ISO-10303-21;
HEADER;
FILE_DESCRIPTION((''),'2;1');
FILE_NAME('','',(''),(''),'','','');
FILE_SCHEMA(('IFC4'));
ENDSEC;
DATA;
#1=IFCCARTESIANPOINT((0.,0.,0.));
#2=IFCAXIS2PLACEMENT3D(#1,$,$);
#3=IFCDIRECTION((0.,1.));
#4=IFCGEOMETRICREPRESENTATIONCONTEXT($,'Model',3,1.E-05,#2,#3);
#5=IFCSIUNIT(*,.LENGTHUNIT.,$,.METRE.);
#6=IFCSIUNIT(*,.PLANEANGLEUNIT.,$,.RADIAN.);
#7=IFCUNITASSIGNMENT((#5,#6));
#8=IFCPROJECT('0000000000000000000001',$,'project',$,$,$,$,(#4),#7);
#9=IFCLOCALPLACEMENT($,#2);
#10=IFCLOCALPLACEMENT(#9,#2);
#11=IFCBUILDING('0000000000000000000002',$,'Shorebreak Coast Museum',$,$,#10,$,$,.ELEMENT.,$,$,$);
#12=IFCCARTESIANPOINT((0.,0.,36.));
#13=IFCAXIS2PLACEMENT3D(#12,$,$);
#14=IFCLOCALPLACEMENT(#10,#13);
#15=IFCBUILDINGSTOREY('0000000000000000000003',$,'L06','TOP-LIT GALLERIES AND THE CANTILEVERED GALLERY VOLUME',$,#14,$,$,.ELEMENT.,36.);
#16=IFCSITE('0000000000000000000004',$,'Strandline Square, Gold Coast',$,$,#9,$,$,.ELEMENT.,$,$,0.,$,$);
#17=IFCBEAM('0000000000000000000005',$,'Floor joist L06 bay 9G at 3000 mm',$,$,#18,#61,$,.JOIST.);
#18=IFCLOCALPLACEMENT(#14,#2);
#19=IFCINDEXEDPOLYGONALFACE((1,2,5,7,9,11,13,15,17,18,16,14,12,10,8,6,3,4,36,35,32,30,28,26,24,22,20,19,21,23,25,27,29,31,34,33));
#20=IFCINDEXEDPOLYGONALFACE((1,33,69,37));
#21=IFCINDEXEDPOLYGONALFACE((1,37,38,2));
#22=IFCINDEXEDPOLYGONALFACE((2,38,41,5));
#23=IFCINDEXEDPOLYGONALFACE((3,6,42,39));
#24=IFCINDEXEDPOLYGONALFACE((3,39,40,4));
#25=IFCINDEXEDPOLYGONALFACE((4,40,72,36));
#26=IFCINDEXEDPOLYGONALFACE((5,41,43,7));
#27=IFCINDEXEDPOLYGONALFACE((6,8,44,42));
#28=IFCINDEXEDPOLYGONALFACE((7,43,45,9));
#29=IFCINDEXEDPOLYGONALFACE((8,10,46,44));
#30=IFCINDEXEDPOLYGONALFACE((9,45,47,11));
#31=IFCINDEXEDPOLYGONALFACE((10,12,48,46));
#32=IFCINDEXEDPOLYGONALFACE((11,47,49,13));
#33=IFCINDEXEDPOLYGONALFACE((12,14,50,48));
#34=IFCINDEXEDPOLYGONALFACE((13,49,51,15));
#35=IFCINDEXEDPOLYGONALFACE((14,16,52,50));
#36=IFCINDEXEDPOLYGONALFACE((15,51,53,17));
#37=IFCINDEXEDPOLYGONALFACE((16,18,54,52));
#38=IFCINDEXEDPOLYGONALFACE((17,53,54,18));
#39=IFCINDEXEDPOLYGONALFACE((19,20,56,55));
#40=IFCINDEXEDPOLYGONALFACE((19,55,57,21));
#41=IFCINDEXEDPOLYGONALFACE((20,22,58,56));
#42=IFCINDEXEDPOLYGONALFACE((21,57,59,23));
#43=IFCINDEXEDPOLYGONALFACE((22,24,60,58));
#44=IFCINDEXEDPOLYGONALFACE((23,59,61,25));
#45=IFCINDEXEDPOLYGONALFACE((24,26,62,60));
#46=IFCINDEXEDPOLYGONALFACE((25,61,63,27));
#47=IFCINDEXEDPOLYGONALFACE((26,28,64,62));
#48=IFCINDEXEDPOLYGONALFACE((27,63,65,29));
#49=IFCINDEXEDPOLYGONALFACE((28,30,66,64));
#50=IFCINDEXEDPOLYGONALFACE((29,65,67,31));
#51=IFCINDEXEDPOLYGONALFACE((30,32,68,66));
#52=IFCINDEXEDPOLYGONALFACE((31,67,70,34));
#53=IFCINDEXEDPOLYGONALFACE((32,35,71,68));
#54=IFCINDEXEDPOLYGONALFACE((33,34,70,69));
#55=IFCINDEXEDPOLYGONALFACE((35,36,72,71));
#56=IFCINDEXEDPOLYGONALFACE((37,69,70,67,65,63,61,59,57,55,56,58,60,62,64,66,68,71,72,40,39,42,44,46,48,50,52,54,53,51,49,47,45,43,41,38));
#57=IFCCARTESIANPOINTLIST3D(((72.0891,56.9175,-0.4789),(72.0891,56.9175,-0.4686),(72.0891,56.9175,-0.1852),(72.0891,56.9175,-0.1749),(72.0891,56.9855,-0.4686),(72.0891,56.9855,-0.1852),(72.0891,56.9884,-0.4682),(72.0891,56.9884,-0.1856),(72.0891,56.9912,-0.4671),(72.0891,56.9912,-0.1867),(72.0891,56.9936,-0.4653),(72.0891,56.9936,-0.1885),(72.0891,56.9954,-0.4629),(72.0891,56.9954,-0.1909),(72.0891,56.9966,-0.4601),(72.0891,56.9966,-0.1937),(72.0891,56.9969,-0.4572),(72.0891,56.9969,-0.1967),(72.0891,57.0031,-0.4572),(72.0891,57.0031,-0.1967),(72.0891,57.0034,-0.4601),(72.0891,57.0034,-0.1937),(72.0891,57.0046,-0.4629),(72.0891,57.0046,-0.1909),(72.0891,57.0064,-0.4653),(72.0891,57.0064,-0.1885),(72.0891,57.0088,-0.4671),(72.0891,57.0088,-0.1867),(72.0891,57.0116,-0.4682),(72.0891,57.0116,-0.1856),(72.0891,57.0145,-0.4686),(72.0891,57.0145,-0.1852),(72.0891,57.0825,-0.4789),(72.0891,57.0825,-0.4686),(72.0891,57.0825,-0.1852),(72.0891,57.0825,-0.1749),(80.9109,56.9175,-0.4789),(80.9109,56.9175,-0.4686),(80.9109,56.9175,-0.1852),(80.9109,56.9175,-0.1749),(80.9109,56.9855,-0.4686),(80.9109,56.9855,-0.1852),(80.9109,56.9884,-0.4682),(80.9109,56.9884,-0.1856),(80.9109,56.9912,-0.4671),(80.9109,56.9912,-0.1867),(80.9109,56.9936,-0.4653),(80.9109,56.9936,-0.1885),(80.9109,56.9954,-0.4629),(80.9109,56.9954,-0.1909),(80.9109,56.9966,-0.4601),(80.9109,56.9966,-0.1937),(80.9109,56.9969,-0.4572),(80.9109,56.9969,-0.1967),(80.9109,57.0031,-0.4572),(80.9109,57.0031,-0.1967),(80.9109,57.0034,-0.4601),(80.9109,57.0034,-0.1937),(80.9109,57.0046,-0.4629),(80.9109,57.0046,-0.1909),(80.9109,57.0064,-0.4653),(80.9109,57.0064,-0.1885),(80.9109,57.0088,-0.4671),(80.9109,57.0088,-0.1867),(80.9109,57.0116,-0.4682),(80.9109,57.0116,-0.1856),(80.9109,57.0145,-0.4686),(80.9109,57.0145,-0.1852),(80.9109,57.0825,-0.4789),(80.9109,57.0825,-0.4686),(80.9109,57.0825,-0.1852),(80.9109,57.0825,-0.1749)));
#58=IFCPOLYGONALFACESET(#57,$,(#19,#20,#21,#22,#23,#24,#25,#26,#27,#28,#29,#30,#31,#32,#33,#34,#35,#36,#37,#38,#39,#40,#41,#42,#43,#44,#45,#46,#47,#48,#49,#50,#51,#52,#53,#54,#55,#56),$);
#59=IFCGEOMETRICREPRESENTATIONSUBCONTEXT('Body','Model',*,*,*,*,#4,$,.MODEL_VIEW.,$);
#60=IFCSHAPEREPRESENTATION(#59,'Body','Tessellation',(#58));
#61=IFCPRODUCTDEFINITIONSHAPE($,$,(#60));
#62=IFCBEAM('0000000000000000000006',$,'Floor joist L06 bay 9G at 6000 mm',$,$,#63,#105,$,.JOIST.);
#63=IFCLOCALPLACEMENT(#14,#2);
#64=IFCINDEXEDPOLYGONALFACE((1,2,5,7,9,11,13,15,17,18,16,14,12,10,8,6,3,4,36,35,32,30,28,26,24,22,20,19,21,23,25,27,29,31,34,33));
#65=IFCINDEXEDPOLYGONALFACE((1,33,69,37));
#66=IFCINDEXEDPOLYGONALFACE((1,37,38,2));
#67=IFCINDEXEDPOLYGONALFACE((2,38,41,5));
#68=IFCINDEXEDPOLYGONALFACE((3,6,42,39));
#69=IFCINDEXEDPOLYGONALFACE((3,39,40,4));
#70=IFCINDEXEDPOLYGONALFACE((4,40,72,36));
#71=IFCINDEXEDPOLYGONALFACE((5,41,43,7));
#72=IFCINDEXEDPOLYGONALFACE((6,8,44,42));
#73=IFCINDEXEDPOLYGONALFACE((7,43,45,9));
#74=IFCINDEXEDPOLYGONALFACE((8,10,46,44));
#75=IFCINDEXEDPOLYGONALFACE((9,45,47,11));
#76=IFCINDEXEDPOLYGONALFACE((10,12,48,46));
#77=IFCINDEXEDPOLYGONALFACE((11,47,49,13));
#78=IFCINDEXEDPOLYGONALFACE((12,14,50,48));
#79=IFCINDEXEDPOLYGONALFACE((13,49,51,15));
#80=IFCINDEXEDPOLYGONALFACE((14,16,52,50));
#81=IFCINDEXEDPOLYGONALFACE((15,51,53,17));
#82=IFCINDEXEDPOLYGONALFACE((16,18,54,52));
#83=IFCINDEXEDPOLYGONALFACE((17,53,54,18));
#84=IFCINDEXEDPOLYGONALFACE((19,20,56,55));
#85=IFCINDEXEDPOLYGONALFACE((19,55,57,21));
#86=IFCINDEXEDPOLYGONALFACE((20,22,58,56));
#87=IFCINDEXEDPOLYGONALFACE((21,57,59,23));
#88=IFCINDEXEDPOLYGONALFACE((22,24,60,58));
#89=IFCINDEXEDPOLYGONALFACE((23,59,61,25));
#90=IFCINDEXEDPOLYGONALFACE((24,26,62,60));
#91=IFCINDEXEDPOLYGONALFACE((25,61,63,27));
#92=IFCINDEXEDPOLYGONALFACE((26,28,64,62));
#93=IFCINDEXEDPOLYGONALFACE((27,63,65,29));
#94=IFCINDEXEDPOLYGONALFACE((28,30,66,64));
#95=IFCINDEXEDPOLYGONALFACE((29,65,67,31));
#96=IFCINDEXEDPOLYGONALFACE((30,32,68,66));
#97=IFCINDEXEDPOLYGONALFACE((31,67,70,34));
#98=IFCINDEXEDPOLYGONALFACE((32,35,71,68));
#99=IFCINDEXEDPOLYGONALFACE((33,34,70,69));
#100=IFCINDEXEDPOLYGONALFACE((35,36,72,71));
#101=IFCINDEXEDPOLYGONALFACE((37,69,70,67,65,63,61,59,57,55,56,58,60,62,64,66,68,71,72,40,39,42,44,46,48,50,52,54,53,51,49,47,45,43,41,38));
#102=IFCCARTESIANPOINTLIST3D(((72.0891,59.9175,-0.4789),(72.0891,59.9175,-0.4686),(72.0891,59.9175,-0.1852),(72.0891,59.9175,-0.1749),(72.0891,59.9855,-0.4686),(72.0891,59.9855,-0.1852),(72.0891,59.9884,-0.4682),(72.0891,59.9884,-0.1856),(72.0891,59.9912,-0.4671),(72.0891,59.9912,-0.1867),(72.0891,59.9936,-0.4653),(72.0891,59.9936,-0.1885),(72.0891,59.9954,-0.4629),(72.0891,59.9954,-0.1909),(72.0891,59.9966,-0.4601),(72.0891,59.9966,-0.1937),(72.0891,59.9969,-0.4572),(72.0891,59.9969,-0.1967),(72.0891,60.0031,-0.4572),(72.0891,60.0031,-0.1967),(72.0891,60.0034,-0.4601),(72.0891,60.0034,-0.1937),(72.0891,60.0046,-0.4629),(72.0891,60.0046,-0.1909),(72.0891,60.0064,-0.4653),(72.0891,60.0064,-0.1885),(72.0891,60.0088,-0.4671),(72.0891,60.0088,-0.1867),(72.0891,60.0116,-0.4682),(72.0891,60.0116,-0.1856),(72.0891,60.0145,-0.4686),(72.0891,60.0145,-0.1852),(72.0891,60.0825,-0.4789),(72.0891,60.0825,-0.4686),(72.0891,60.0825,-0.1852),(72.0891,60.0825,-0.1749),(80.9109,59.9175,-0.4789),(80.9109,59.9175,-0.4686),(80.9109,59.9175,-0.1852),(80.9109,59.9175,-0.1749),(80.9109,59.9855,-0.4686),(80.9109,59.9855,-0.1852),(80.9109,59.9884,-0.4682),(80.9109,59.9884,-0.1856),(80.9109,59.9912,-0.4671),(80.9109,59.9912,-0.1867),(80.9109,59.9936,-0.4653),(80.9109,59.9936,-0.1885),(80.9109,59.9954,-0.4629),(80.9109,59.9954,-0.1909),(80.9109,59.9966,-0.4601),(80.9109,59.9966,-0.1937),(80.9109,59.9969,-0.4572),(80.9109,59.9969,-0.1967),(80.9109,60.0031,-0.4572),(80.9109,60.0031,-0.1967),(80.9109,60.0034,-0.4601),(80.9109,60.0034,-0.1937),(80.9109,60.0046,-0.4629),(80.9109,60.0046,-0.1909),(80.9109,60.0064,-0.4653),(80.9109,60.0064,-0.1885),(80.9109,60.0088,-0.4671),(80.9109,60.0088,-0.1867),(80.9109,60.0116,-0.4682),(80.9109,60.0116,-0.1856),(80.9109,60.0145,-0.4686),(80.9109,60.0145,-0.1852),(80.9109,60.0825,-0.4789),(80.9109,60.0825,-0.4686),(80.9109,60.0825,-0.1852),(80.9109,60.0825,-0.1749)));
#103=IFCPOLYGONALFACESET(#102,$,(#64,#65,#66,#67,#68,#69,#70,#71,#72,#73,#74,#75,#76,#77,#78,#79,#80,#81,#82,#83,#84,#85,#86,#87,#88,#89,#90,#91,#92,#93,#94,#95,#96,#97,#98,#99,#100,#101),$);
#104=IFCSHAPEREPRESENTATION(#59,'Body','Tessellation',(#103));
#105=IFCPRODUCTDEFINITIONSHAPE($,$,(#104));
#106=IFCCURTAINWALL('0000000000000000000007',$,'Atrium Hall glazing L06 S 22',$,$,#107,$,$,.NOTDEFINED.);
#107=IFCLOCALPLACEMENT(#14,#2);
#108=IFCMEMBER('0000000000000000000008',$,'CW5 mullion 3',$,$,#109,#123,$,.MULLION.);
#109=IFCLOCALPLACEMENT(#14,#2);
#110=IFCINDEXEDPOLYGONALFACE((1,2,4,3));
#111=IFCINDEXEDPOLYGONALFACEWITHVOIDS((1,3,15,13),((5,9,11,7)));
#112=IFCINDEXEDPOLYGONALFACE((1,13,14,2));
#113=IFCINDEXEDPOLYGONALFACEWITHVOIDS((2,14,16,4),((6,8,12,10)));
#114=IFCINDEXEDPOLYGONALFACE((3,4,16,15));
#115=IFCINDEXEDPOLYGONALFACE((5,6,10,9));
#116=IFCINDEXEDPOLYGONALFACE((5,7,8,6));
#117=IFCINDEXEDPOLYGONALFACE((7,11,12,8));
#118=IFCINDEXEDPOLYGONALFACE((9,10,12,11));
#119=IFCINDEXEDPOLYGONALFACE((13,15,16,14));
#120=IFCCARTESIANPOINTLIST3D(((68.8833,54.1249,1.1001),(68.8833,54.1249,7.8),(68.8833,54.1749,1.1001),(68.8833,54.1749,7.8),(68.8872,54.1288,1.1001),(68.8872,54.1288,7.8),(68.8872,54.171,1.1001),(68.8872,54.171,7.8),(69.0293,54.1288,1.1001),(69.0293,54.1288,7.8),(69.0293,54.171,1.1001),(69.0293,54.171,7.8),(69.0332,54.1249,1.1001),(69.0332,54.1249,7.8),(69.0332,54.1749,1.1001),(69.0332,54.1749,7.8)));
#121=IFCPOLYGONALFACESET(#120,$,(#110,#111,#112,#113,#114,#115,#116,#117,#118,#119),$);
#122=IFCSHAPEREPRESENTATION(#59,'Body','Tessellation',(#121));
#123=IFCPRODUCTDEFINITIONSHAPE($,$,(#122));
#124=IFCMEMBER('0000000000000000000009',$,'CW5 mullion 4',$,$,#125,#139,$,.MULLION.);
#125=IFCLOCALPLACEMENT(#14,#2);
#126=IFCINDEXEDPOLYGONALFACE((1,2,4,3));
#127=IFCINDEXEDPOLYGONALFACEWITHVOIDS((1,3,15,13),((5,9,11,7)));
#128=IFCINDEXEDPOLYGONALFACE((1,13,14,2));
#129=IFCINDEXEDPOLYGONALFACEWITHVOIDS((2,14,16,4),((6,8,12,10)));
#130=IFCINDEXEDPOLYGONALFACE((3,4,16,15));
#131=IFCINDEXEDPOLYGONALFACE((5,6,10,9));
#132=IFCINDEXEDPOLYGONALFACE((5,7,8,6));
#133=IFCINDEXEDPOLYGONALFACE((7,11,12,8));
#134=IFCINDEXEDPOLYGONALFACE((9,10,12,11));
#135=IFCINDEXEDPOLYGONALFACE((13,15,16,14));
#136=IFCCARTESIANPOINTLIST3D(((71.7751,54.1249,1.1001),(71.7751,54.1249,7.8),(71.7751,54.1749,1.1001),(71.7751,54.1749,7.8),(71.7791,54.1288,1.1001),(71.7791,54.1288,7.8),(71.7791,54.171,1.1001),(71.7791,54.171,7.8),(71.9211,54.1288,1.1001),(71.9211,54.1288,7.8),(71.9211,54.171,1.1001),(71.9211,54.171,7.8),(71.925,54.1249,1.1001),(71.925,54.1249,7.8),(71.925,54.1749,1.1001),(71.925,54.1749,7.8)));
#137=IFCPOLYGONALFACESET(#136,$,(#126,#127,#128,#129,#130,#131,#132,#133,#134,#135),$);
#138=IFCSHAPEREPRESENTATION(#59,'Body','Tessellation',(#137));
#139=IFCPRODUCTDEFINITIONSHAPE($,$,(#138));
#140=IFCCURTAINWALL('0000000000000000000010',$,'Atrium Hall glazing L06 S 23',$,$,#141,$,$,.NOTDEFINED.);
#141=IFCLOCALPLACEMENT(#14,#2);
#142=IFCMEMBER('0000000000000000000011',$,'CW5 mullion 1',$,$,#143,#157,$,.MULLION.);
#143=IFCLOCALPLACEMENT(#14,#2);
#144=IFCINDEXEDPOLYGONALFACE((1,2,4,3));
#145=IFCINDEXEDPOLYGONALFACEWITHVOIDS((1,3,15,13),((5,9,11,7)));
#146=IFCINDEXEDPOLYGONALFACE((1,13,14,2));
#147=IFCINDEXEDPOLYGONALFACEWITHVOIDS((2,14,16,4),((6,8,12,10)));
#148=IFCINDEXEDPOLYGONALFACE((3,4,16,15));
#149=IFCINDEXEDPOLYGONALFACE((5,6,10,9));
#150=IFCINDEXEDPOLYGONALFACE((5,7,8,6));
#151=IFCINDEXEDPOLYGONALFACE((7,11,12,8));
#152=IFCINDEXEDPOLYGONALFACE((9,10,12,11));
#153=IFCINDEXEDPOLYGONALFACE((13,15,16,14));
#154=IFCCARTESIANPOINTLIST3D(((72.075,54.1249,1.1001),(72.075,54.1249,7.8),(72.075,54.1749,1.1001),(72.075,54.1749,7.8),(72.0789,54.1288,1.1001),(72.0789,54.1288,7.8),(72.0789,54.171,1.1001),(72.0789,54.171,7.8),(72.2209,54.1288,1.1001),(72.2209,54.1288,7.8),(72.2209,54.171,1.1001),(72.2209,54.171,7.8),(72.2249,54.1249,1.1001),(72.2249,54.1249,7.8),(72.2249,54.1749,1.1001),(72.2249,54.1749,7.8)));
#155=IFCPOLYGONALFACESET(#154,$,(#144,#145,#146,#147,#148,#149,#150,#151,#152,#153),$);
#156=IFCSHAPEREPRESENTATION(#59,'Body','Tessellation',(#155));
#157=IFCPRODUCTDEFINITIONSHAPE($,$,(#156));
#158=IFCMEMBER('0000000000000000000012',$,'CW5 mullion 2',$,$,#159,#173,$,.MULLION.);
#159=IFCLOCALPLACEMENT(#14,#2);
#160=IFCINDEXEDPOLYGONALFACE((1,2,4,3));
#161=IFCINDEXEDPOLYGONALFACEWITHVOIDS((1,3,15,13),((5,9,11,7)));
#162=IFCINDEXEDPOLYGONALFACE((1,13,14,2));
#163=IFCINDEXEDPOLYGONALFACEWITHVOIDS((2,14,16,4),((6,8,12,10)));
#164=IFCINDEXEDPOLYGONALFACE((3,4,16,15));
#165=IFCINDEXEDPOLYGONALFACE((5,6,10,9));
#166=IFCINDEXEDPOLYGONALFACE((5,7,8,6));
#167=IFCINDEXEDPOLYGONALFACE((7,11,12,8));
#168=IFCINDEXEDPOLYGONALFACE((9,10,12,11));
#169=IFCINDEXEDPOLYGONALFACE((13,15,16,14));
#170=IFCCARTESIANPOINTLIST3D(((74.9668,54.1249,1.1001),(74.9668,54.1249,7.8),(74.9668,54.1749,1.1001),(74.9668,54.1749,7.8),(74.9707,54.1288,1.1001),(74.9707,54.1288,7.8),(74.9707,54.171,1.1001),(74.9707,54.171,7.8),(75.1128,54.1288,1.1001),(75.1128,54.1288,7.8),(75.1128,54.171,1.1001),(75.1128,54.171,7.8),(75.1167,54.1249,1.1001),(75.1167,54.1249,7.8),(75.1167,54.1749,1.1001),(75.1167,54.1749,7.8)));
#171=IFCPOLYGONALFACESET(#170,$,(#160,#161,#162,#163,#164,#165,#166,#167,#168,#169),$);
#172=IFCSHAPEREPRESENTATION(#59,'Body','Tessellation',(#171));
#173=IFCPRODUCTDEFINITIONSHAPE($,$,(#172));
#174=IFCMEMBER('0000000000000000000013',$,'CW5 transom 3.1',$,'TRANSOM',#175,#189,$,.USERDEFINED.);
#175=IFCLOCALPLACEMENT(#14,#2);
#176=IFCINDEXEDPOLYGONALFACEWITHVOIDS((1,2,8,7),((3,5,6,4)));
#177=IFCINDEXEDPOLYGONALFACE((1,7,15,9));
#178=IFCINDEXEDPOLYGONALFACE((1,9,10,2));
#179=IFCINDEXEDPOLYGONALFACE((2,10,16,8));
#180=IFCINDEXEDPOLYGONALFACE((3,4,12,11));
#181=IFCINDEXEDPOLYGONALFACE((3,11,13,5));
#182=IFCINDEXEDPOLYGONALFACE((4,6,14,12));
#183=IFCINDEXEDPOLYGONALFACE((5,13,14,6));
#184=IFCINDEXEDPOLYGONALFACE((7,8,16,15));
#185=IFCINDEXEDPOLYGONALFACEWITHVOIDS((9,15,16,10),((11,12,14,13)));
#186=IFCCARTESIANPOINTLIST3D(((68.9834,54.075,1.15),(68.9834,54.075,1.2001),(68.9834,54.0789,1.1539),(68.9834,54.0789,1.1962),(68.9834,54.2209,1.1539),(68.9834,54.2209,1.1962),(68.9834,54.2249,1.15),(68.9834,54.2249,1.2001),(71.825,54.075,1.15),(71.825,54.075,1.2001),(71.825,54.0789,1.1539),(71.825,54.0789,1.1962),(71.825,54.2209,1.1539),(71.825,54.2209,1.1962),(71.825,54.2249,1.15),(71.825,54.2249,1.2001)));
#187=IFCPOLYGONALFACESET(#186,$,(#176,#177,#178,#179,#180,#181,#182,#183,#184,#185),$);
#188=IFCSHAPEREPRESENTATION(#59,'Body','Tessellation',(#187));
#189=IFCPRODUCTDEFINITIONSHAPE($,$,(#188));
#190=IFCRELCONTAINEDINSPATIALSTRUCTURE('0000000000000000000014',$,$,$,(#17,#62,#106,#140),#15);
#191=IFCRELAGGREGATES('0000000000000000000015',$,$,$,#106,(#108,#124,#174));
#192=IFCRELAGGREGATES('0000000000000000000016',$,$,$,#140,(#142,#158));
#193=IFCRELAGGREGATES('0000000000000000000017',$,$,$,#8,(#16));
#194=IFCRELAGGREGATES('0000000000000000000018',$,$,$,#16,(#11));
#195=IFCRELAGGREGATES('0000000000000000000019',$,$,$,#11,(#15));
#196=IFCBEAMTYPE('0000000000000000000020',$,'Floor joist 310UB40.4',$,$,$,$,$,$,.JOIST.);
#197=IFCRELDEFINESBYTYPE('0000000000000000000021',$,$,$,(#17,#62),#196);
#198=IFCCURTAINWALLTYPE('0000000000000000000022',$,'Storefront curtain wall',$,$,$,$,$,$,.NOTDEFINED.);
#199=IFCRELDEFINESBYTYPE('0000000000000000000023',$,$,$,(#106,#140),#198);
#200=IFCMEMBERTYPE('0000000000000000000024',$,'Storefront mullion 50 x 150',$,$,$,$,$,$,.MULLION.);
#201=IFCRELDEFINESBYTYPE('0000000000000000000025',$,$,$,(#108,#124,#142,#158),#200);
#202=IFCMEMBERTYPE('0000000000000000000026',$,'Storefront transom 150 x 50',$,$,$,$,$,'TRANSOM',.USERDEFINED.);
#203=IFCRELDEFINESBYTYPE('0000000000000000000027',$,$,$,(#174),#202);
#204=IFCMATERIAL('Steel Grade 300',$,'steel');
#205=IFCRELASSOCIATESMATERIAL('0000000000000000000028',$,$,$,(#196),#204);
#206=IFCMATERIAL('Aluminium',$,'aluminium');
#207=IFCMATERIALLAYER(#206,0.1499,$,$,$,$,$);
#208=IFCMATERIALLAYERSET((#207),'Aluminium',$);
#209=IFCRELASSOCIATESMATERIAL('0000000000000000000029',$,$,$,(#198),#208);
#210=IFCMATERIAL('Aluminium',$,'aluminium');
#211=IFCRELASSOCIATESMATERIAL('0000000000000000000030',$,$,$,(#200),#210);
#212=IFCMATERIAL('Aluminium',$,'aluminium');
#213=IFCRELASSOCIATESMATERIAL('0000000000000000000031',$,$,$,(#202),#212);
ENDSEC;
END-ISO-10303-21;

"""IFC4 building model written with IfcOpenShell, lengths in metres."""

from ifc_helpers import new_model, si_unit, direction, frame, origin, origin_2d, place, context, subcontext, project, spatial, hollow_rectangle, i_section, extrude, material, layer, layer_set, material_profile, profile_set, type_object, element, aggregate, save


model = new_model("IFC4")

# Units and contexts
model_context = context("Model", 3, precision=1e-05, world=origin(), true_north=direction((0.0, 1.0)))
body_context = subcontext(model_context, "Body", "Model", "MODEL_VIEW")
ifc_project = project(units=[si_unit("LENGTHUNIT", "METRE"), si_unit("PLANEANGLEUNIT", "RADIAN")], contexts=[model_context])

# Site, building, storey
site_placement = place(None, origin())
site = spatial("IfcSite", under=ifc_project, at=site_placement, Name="Strandline Square, Gold Coast", CompositionType="ELEMENT", RefElevation=0.0)
building_placement = place(site_placement, origin())
building = spatial("IfcBuilding", under=site, at=building_placement, Name="Shorebreak Coast Museum", CompositionType="ELEMENT")
storey_placement = place(building_placement, frame((0.0, 0.0, 36.0)))
storey = spatial("IfcBuildingStorey", under=building, at=storey_placement, Name="L06", Description="TOP-LIT GALLERIES AND THE CANTILEVERED GALLERY VOLUME", CompositionType="ELEMENT", Elevation=36.0)

# Beams
ifc_material_1 = material(Name="Steel Grade 300", Category="steel")
ifc_material_profile_1 = material_profile(ifc_material_1, i_section(OverallWidth=0.165, OverallDepth=0.304, WebThickness=0.0061, FlangeThickness=0.0103, FilletRadius=0.0115, at=origin_2d()), Name="310UB40.4")
ifc_profile_set_1 = profile_set([ifc_material_profile_1], Name="Steel Grade 300")
beam_type_1 = type_object("IfcBeamType", Name="Floor joist 310UB40.4", PredefinedType="JOIST", material=ifc_profile_set_1)
for number, where, z_axis, x_axis, name in (
    (1, (72.0891, 57.0, -0.3269), (1.0, 0.0, 0.0), (0.0, 1.0, 0.0), "Floor joist L06 bay 9G at 3000 mm"),
    (2, (72.0891, 60.0, -0.3269), (1.0, 0.0, 0.0), (0.0, 1.0, 0.0), "Floor joist L06 bay 9G at 6000 mm"),
):
    element("IfcBeam", number, at=place(storey_placement, frame(where, z_axis=z_axis, x_axis=x_axis)), inside=storey, type_object=beam_type_1, Name=name, PredefinedType="JOIST", context=body_context, shape_type="SweptSolid", body=[
        extrude(i_section(OverallWidth=0.165, OverallDepth=0.304, WebThickness=0.0061, FlangeThickness=0.0103, FilletRadius=0.0115, at=origin_2d()), origin(), (0.0, 0.0, 1.0), 8.8218),
    ])

# Curtain walls, members
ifc_material_2 = material(Name="Aluminium", Category="aluminium")
ifc_layer_1 = layer(ifc_material_2, 0.1499)
ifc_layer_set_1 = layer_set([ifc_layer_1], Name="Aluminium")
curtain_wall_type_1 = type_object("IfcCurtainWallType", Name="Storefront curtain wall", PredefinedType="NOTDEFINED", material=ifc_layer_set_1)
curtain_wall_1_placement = place(storey_placement, origin())
curtain_wall_1 = element("IfcCurtainWall", 3, at=curtain_wall_1_placement, inside=storey, type_object=curtain_wall_type_1, Name="Atrium Hall glazing L06 S 22", PredefinedType="NOTDEFINED")
ifc_material_3 = material(Name="Aluminium", Category="aluminium")
ifc_material_profile_2 = material_profile(ifc_material_3, hollow_rectangle(XDim=0.05, YDim=0.1499, WallThickness=0.0039, at=origin_2d()), Name="AL 150x50 RHS")
ifc_profile_set_2 = profile_set([ifc_material_profile_2], Name="Aluminium")
member_type_1 = type_object("IfcMemberType", Name="Storefront mullion 50 x 150", PredefinedType="MULLION", material=ifc_profile_set_2)
member_1_placement = place(storey_placement, frame((68.9583, 54.1499, 1.1001), z_axis=(0.0, 0.0, 1.0), x_axis=(0.0, 1.0, 0.0)))
member_1 = element("IfcMember", 4, at=member_1_placement, type_object=member_type_1, Name="CW5 mullion 3", PredefinedType="MULLION", context=body_context, shape_type="SweptSolid", body=[
    extrude(hollow_rectangle(XDim=0.05, YDim=0.1499, WallThickness=0.0039, at=origin_2d()), origin(), (0.0, 0.0, 1.0), 6.7),
])
member_2_placement = place(storey_placement, frame((71.8501, 54.1499, 1.1001), z_axis=(0.0, 0.0, 1.0), x_axis=(0.0, 1.0, 0.0)))
member_2 = element("IfcMember", 5, at=member_2_placement, type_object=member_type_1, Name="CW5 mullion 4", PredefinedType="MULLION", context=body_context, shape_type="SweptSolid", body=[
    extrude(hollow_rectangle(XDim=0.05, YDim=0.1499, WallThickness=0.0039, at=origin_2d()), origin(), (0.0, 0.0, 1.0), 6.7),
])
curtain_wall_2_placement = place(storey_placement, origin())
curtain_wall_2 = element("IfcCurtainWall", 6, at=curtain_wall_2_placement, inside=storey, type_object=curtain_wall_type_1, Name="Atrium Hall glazing L06 S 23", PredefinedType="NOTDEFINED")
member_3_placement = place(storey_placement, frame((72.1499, 54.1499, 1.1001), z_axis=(0.0, 0.0, 1.0), x_axis=(0.0, 1.0, 0.0)))
member_3 = element("IfcMember", 7, at=member_3_placement, type_object=member_type_1, Name="CW5 mullion 1", PredefinedType="MULLION", context=body_context, shape_type="SweptSolid", body=[
    extrude(hollow_rectangle(XDim=0.05, YDim=0.1499, WallThickness=0.0039, at=origin_2d()), origin(), (0.0, 0.0, 1.0), 6.7),
])
member_4_placement = place(storey_placement, frame((75.0417, 54.1499, 1.1001), z_axis=(0.0, 0.0, 1.0), x_axis=(0.0, 1.0, 0.0)))
member_4 = element("IfcMember", 8, at=member_4_placement, type_object=member_type_1, Name="CW5 mullion 2", PredefinedType="MULLION", context=body_context, shape_type="SweptSolid", body=[
    extrude(hollow_rectangle(XDim=0.05, YDim=0.1499, WallThickness=0.0039, at=origin_2d()), origin(), (0.0, 0.0, 1.0), 6.7),
])

# Member
ifc_material_4 = material(Name="Aluminium", Category="aluminium")
ifc_material_profile_3 = material_profile(ifc_material_4, hollow_rectangle(XDim=0.1499, YDim=0.05, WallThickness=0.0039, at=origin_2d()), Name="AL 50x150 RHS")
ifc_profile_set_3 = profile_set([ifc_material_profile_3], Name="Aluminium")
member_type_2 = type_object("IfcMemberType", Name="Storefront transom 150 x 50", ElementType="TRANSOM", PredefinedType="USERDEFINED", material=ifc_profile_set_3)
member_5_placement = place(storey_placement, frame((68.9834, 54.1499, 1.175), z_axis=(1.0, 0.0, 0.0), x_axis=(0.0, 1.0, 0.0)))
member_5 = element("IfcMember", 9, at=member_5_placement, type_object=member_type_2, Name="CW5 transom 3.1", ObjectType="TRANSOM", PredefinedType="USERDEFINED", context=body_context, shape_type="SweptSolid", body=[
    extrude(hollow_rectangle(XDim=0.1499, YDim=0.05, WallThickness=0.0039, at=origin_2d()), origin(), (0.0, 0.0, 1.0), 2.8416),
])

aggregate(curtain_wall_1, [member_1, member_2, member_5])
aggregate(curtain_wall_2, [member_3, member_4])

save(model, "model.ifc")
